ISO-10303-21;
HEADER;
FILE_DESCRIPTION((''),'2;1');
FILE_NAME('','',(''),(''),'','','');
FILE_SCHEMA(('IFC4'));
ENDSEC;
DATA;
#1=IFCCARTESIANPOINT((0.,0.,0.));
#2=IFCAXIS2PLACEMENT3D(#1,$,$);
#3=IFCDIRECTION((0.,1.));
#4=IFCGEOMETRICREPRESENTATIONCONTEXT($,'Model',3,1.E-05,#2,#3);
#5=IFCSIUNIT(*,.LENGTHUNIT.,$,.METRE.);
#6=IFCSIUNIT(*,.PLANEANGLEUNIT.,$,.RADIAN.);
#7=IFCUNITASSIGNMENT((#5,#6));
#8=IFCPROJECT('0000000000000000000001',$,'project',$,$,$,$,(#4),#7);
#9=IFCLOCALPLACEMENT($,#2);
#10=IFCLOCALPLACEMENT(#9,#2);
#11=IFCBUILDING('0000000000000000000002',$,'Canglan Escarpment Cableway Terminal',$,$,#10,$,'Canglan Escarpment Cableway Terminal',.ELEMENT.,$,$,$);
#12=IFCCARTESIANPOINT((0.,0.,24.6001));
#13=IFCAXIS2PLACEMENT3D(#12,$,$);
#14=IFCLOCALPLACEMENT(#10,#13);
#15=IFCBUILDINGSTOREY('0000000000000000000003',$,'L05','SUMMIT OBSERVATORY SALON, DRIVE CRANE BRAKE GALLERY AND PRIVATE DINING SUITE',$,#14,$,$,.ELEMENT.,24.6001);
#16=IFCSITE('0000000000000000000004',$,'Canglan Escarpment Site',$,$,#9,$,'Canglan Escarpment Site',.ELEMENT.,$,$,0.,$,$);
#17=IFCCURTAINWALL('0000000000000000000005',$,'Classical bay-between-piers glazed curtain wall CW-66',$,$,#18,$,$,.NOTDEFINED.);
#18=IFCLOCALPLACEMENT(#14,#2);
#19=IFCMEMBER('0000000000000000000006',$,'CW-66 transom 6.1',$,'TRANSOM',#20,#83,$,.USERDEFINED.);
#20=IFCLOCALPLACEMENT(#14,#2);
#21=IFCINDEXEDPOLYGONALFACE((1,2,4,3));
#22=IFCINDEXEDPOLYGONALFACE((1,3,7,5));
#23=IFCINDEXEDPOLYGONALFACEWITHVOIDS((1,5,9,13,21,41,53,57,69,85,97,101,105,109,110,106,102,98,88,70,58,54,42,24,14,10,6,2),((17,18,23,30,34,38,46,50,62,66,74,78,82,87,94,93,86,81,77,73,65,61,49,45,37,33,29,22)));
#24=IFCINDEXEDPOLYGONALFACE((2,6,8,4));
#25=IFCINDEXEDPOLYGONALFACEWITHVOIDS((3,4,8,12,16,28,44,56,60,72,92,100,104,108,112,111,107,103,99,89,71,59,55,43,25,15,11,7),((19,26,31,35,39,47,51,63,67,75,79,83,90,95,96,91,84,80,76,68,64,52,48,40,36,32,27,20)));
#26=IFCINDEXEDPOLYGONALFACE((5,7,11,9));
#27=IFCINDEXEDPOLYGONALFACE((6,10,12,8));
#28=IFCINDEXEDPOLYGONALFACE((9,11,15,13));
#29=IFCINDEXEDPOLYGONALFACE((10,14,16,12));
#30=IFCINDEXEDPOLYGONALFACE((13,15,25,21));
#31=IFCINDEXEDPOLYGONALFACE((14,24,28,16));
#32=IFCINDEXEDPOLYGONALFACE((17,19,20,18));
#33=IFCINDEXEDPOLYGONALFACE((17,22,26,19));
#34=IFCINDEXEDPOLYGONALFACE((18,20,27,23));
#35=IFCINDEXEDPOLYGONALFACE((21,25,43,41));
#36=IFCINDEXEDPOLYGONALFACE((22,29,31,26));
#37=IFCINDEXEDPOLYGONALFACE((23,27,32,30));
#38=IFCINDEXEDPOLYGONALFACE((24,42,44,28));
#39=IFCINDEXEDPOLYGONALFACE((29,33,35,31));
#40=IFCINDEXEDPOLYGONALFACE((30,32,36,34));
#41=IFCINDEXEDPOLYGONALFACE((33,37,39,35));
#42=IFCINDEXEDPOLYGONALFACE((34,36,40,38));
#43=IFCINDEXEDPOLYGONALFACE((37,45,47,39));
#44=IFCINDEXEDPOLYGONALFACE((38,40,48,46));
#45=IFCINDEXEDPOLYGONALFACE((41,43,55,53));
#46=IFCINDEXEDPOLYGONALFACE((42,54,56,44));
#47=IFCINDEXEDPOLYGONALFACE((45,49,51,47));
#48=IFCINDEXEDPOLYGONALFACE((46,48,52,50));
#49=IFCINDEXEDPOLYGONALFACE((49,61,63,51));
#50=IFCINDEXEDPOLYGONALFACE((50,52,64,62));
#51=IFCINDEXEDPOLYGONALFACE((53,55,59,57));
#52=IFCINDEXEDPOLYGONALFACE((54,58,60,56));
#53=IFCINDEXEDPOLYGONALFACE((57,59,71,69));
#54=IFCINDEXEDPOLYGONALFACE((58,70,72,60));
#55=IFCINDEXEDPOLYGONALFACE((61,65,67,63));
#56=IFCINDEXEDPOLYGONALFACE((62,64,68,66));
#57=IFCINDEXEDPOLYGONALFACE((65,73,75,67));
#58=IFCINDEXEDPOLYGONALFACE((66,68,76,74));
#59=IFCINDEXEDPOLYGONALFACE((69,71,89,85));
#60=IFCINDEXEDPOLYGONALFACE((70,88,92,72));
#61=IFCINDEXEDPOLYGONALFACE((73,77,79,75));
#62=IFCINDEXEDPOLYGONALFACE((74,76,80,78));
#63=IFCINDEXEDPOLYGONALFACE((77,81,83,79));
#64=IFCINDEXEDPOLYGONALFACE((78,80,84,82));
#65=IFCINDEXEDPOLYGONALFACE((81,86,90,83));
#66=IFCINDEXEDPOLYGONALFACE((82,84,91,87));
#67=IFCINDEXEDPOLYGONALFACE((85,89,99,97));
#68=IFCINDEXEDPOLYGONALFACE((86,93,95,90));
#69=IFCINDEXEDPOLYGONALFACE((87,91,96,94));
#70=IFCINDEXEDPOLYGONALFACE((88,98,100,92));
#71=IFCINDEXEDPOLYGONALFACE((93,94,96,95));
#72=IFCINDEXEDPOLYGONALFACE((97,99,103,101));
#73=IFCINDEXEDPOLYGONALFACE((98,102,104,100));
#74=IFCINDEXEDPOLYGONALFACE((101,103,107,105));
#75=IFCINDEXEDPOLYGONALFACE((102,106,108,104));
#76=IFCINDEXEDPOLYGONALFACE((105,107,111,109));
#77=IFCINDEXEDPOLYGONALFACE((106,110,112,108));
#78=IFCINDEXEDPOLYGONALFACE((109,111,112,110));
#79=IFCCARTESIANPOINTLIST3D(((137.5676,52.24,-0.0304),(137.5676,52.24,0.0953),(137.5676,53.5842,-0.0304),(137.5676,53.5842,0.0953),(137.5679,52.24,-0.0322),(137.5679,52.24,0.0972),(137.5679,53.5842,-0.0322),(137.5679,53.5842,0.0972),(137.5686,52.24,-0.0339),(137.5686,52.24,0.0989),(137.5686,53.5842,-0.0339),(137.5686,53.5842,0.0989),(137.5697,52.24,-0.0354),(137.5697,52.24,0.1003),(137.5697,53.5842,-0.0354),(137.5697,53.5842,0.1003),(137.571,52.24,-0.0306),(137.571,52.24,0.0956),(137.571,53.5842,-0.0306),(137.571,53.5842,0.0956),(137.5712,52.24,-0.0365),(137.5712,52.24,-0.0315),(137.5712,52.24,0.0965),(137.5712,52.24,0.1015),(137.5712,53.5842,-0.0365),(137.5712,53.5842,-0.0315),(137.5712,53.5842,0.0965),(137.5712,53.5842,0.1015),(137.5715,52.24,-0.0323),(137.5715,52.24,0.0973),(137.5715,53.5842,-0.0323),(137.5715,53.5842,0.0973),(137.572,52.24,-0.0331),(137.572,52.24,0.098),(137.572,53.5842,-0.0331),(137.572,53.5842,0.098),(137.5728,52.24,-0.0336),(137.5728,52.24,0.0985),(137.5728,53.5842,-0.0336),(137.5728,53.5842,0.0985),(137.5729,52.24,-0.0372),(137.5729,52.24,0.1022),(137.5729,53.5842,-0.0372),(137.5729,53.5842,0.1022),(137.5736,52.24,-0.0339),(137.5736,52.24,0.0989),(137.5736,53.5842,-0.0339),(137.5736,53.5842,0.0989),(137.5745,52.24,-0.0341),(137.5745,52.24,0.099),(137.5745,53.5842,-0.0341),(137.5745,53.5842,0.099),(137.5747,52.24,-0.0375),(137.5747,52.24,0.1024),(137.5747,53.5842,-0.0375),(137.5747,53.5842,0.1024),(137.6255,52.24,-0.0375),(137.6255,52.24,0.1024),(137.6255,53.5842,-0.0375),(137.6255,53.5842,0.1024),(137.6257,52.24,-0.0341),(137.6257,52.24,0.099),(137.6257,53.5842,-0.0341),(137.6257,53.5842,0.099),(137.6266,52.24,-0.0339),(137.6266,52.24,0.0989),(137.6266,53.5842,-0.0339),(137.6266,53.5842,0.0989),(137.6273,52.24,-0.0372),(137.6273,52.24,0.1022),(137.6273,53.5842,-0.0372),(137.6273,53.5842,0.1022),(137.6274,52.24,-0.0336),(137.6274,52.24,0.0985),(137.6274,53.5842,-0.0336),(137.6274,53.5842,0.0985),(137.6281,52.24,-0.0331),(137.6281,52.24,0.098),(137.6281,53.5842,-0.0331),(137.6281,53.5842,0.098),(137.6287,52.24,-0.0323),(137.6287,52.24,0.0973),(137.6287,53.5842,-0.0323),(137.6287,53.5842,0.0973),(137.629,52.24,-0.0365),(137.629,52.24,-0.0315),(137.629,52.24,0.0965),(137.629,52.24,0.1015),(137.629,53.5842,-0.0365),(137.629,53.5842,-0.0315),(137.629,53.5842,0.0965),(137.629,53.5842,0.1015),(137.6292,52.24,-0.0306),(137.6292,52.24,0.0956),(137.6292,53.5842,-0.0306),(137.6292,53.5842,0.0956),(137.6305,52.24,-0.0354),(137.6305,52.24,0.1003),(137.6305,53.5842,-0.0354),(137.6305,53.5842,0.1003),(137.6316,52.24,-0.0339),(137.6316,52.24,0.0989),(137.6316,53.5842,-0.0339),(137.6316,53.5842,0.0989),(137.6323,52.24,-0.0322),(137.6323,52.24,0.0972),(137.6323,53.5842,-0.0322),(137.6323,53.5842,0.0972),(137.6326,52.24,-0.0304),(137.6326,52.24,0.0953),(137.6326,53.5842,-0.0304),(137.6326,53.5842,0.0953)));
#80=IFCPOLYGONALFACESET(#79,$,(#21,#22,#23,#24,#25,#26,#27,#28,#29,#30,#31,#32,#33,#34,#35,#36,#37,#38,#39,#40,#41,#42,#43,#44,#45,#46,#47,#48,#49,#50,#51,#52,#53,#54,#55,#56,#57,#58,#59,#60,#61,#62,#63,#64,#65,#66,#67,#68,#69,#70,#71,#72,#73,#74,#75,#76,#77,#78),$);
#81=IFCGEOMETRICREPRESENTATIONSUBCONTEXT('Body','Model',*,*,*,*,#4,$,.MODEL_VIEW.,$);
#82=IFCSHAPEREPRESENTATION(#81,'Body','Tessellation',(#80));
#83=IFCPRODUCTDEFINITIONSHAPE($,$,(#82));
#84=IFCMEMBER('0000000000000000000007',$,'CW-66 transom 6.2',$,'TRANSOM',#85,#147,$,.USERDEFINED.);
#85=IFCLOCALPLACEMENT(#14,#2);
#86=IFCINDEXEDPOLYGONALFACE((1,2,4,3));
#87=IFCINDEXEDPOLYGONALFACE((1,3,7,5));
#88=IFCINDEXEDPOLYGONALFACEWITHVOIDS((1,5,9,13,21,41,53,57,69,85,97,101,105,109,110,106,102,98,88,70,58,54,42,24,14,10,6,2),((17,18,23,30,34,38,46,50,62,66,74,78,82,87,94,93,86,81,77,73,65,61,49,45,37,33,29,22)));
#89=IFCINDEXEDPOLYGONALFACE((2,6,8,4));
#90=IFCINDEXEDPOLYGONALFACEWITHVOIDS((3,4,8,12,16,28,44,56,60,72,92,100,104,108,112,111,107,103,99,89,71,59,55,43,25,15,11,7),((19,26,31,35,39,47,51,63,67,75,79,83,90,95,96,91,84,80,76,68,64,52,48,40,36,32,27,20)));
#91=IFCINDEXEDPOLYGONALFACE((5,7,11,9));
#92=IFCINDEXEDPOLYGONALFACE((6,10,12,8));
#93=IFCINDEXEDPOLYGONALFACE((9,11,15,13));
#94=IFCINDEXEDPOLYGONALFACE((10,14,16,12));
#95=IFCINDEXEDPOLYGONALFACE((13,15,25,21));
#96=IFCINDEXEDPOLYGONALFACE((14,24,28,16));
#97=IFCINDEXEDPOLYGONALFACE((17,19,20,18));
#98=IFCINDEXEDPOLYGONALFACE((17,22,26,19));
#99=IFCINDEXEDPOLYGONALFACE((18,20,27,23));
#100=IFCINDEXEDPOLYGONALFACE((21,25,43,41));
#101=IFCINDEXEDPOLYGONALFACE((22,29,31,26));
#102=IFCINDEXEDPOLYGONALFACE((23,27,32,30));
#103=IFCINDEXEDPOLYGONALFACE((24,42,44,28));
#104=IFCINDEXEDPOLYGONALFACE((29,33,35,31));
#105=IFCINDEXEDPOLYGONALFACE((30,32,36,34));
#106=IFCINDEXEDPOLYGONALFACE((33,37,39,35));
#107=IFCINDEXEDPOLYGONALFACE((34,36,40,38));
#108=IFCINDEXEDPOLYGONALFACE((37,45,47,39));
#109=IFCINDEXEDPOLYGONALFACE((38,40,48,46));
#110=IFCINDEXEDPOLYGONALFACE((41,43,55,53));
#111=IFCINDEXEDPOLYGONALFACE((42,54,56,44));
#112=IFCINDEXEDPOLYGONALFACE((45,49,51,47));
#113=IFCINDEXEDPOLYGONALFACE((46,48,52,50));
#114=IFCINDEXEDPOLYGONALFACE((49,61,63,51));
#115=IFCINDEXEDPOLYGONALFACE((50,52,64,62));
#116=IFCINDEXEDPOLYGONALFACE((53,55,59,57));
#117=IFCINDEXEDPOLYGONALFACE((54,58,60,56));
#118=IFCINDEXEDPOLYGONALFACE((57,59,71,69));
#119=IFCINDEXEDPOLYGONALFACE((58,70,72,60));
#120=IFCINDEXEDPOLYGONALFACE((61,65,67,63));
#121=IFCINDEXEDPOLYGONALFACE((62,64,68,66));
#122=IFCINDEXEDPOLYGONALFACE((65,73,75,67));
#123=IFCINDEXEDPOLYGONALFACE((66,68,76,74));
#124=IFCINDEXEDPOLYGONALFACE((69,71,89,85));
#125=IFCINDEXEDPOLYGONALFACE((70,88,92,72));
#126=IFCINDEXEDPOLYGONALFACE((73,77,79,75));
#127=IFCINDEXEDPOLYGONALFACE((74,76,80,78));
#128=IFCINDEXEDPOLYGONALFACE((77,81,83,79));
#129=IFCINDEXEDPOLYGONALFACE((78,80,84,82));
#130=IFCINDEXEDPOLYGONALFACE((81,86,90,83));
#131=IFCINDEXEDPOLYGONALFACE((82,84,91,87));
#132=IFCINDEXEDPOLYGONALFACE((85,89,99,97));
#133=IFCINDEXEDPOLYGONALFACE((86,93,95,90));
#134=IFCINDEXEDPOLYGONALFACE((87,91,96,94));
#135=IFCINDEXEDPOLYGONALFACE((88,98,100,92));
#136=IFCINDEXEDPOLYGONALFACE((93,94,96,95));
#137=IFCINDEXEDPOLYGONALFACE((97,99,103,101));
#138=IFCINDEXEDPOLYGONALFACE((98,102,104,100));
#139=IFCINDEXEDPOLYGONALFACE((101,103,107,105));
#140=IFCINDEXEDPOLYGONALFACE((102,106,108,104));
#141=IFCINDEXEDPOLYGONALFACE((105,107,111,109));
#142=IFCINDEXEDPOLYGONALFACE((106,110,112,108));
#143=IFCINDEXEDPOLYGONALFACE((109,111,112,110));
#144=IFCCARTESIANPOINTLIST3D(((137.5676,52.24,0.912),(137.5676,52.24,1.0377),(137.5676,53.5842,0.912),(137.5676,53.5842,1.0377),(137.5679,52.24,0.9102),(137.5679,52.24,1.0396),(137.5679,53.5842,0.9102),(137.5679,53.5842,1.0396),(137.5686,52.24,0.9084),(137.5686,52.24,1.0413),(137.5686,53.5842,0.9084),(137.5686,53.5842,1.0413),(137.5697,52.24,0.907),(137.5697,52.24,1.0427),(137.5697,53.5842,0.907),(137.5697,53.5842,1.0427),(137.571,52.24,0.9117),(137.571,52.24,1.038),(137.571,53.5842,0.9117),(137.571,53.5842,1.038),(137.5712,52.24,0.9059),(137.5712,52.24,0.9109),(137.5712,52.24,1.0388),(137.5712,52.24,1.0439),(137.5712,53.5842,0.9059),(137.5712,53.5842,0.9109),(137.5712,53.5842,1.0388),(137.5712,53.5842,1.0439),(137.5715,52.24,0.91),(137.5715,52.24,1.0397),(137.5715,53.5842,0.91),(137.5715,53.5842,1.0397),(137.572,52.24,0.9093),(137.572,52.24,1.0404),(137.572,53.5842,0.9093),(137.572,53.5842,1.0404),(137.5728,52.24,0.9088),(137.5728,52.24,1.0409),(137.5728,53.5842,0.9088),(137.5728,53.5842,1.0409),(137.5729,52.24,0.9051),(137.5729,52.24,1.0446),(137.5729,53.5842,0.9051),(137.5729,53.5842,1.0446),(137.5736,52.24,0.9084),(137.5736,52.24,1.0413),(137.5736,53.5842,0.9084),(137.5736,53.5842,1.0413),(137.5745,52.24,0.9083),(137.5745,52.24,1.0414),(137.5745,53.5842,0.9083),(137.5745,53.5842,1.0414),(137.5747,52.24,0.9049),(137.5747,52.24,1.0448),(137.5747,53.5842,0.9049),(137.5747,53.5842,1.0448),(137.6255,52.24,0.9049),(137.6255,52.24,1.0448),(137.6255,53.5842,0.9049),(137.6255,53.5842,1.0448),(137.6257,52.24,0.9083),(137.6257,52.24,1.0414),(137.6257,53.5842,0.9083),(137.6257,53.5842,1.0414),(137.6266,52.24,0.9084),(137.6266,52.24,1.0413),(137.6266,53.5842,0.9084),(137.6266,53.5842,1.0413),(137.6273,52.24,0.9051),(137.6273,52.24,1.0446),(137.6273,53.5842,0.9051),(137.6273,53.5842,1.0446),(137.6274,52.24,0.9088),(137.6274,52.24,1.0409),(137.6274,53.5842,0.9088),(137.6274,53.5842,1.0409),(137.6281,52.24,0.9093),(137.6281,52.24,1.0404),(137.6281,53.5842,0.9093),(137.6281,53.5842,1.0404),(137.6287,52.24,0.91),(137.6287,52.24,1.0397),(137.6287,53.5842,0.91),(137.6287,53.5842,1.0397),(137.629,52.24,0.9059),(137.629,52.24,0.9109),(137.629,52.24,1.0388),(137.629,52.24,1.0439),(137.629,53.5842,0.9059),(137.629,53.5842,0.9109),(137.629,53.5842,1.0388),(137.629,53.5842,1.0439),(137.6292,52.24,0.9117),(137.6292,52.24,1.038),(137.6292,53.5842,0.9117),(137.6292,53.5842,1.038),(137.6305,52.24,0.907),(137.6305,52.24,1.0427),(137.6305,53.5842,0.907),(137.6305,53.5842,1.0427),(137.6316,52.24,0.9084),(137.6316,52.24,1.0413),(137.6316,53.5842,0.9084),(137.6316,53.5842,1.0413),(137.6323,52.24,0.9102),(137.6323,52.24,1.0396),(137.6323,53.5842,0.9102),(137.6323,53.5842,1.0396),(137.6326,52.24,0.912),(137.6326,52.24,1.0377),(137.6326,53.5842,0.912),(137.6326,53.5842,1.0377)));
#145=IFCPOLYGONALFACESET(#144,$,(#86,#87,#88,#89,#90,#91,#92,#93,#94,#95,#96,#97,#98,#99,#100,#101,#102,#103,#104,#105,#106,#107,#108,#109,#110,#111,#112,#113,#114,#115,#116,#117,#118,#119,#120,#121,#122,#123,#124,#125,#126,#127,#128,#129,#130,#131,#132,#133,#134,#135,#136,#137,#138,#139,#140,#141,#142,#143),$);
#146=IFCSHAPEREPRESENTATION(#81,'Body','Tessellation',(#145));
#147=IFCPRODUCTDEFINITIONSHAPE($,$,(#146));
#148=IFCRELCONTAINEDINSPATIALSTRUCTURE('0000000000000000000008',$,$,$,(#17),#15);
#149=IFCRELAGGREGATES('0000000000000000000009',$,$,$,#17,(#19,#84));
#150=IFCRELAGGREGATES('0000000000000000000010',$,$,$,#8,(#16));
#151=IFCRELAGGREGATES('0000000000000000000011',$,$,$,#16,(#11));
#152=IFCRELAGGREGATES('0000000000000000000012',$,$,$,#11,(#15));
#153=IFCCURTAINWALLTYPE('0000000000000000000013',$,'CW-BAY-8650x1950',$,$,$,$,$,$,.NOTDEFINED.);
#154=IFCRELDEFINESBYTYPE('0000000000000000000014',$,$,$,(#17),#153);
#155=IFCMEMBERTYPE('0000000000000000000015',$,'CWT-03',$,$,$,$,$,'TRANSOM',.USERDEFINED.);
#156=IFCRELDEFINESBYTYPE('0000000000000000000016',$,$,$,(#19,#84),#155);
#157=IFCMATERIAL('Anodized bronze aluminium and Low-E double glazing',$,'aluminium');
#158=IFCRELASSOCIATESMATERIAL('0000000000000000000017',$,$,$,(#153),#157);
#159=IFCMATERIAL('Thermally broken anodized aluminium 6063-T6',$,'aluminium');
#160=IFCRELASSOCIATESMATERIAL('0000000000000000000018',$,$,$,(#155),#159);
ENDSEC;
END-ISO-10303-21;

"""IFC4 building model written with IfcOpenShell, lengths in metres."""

from ifc_helpers import new_model, si_unit, direction, frame, origin, origin_2d, place, context, subcontext, project, spatial, hollow_rectangle, extrude, material, material_profile, profile_set, type_object, element, aggregate, save


model = new_model("IFC4")

# Units and contexts
model_context = context("Model", 3, precision=1e-05, world=origin(), true_north=direction((0.0, 1.0)))
body_context = subcontext(model_context, "Body", "Model", "MODEL_VIEW")
ifc_project = project(units=[si_unit("LENGTHUNIT", "METRE"), si_unit("PLANEANGLEUNIT", "RADIAN")], contexts=[model_context])

# Site, building, storey
site_placement = place(None, origin())
site = spatial("IfcSite", under=ifc_project, at=site_placement, Name="Canglan Escarpment Site", LongName="Canglan Escarpment Site", CompositionType="ELEMENT", RefElevation=0.0)
building_placement = place(site_placement, origin())
building = spatial("IfcBuilding", under=site, at=building_placement, Name="Canglan Escarpment Cableway Terminal", LongName="Canglan Escarpment Cableway Terminal", CompositionType="ELEMENT")
storey_placement = place(building_placement, frame((0.0, 0.0, 24.6001)))
storey = spatial("IfcBuildingStorey", under=building, at=storey_placement, Name="L05", Description="SUMMIT OBSERVATORY SALON, DRIVE CRANE BRAKE GALLERY AND PRIVATE DINING SUITE", CompositionType="ELEMENT", Elevation=24.6001)

# Curtain wall, members
ifc_material_1 = material(Name="Anodized bronze aluminium and Low-E double glazing", Category="aluminium")
curtain_wall_type = type_object("IfcCurtainWallType", Name="CW-BAY-8650x1950", PredefinedType="NOTDEFINED", material=ifc_material_1)
curtain_wall_placement = place(storey_placement, origin())
curtain_wall = element("IfcCurtainWall", 1, at=curtain_wall_placement, inside=storey, type_object=curtain_wall_type, Name="Classical bay-between-piers glazed curtain wall CW-66", PredefinedType="NOTDEFINED")
ifc_material_2 = material(Name="Thermally broken anodized aluminium 6063-T6", Category="aluminium")
ifc_material_profile_1 = material_profile(ifc_material_2, hollow_rectangle(XDim=0.0649, YDim=0.1399, WallThickness=0.0034, InnerFilletRadius=0.0034, OuterFilletRadius=0.0071, at=origin_2d()), Name="ALU-TRAN 65x140x3.5")
ifc_profile_set_1 = profile_set([ifc_material_profile_1], Name="Thermally broken anodized aluminium 6063-T6")
member_type_1 = type_object("IfcMemberType", Name="CWT-03", ElementType="TRANSOM", PredefinedType="USERDEFINED", material=ifc_profile_set_1)
member_1_placement = place(storey_placement, frame((137.6001, 53.5842, 0.0325), z_axis=(0.0, -1.0, 0.0), x_axis=(1.0, 0.0, 0.0)))
member_1 = element("IfcMember", 2, at=member_1_placement, type_object=member_type_1, Name="CW-66 transom 6.1", ObjectType="TRANSOM", PredefinedType="USERDEFINED", context=body_context, shape_type="SweptSolid", body=[
    extrude(hollow_rectangle(XDim=0.0649, YDim=0.1399, WallThickness=0.0034, InnerFilletRadius=0.0034, OuterFilletRadius=0.0071, at=origin_2d()), origin(), (0.0, 0.0, 1.0), 1.3442),
])
member_2_placement = place(storey_placement, frame((137.6001, 53.5842, 0.9749), z_axis=(0.0, -1.0, 0.0), x_axis=(1.0, 0.0, 0.0)))
member_2 = element("IfcMember", 3, at=member_2_placement, type_object=member_type_1, Name="CW-66 transom 6.2", ObjectType="TRANSOM", PredefinedType="USERDEFINED", context=body_context, shape_type="SweptSolid", body=[
    extrude(hollow_rectangle(XDim=0.0649, YDim=0.1399, WallThickness=0.0034, InnerFilletRadius=0.0034, OuterFilletRadius=0.0071, at=origin_2d()), origin(), (0.0, 0.0, 1.0), 1.3442),
])

aggregate(curtain_wall, [member_1, member_2])

save(model, "model.ifc")
